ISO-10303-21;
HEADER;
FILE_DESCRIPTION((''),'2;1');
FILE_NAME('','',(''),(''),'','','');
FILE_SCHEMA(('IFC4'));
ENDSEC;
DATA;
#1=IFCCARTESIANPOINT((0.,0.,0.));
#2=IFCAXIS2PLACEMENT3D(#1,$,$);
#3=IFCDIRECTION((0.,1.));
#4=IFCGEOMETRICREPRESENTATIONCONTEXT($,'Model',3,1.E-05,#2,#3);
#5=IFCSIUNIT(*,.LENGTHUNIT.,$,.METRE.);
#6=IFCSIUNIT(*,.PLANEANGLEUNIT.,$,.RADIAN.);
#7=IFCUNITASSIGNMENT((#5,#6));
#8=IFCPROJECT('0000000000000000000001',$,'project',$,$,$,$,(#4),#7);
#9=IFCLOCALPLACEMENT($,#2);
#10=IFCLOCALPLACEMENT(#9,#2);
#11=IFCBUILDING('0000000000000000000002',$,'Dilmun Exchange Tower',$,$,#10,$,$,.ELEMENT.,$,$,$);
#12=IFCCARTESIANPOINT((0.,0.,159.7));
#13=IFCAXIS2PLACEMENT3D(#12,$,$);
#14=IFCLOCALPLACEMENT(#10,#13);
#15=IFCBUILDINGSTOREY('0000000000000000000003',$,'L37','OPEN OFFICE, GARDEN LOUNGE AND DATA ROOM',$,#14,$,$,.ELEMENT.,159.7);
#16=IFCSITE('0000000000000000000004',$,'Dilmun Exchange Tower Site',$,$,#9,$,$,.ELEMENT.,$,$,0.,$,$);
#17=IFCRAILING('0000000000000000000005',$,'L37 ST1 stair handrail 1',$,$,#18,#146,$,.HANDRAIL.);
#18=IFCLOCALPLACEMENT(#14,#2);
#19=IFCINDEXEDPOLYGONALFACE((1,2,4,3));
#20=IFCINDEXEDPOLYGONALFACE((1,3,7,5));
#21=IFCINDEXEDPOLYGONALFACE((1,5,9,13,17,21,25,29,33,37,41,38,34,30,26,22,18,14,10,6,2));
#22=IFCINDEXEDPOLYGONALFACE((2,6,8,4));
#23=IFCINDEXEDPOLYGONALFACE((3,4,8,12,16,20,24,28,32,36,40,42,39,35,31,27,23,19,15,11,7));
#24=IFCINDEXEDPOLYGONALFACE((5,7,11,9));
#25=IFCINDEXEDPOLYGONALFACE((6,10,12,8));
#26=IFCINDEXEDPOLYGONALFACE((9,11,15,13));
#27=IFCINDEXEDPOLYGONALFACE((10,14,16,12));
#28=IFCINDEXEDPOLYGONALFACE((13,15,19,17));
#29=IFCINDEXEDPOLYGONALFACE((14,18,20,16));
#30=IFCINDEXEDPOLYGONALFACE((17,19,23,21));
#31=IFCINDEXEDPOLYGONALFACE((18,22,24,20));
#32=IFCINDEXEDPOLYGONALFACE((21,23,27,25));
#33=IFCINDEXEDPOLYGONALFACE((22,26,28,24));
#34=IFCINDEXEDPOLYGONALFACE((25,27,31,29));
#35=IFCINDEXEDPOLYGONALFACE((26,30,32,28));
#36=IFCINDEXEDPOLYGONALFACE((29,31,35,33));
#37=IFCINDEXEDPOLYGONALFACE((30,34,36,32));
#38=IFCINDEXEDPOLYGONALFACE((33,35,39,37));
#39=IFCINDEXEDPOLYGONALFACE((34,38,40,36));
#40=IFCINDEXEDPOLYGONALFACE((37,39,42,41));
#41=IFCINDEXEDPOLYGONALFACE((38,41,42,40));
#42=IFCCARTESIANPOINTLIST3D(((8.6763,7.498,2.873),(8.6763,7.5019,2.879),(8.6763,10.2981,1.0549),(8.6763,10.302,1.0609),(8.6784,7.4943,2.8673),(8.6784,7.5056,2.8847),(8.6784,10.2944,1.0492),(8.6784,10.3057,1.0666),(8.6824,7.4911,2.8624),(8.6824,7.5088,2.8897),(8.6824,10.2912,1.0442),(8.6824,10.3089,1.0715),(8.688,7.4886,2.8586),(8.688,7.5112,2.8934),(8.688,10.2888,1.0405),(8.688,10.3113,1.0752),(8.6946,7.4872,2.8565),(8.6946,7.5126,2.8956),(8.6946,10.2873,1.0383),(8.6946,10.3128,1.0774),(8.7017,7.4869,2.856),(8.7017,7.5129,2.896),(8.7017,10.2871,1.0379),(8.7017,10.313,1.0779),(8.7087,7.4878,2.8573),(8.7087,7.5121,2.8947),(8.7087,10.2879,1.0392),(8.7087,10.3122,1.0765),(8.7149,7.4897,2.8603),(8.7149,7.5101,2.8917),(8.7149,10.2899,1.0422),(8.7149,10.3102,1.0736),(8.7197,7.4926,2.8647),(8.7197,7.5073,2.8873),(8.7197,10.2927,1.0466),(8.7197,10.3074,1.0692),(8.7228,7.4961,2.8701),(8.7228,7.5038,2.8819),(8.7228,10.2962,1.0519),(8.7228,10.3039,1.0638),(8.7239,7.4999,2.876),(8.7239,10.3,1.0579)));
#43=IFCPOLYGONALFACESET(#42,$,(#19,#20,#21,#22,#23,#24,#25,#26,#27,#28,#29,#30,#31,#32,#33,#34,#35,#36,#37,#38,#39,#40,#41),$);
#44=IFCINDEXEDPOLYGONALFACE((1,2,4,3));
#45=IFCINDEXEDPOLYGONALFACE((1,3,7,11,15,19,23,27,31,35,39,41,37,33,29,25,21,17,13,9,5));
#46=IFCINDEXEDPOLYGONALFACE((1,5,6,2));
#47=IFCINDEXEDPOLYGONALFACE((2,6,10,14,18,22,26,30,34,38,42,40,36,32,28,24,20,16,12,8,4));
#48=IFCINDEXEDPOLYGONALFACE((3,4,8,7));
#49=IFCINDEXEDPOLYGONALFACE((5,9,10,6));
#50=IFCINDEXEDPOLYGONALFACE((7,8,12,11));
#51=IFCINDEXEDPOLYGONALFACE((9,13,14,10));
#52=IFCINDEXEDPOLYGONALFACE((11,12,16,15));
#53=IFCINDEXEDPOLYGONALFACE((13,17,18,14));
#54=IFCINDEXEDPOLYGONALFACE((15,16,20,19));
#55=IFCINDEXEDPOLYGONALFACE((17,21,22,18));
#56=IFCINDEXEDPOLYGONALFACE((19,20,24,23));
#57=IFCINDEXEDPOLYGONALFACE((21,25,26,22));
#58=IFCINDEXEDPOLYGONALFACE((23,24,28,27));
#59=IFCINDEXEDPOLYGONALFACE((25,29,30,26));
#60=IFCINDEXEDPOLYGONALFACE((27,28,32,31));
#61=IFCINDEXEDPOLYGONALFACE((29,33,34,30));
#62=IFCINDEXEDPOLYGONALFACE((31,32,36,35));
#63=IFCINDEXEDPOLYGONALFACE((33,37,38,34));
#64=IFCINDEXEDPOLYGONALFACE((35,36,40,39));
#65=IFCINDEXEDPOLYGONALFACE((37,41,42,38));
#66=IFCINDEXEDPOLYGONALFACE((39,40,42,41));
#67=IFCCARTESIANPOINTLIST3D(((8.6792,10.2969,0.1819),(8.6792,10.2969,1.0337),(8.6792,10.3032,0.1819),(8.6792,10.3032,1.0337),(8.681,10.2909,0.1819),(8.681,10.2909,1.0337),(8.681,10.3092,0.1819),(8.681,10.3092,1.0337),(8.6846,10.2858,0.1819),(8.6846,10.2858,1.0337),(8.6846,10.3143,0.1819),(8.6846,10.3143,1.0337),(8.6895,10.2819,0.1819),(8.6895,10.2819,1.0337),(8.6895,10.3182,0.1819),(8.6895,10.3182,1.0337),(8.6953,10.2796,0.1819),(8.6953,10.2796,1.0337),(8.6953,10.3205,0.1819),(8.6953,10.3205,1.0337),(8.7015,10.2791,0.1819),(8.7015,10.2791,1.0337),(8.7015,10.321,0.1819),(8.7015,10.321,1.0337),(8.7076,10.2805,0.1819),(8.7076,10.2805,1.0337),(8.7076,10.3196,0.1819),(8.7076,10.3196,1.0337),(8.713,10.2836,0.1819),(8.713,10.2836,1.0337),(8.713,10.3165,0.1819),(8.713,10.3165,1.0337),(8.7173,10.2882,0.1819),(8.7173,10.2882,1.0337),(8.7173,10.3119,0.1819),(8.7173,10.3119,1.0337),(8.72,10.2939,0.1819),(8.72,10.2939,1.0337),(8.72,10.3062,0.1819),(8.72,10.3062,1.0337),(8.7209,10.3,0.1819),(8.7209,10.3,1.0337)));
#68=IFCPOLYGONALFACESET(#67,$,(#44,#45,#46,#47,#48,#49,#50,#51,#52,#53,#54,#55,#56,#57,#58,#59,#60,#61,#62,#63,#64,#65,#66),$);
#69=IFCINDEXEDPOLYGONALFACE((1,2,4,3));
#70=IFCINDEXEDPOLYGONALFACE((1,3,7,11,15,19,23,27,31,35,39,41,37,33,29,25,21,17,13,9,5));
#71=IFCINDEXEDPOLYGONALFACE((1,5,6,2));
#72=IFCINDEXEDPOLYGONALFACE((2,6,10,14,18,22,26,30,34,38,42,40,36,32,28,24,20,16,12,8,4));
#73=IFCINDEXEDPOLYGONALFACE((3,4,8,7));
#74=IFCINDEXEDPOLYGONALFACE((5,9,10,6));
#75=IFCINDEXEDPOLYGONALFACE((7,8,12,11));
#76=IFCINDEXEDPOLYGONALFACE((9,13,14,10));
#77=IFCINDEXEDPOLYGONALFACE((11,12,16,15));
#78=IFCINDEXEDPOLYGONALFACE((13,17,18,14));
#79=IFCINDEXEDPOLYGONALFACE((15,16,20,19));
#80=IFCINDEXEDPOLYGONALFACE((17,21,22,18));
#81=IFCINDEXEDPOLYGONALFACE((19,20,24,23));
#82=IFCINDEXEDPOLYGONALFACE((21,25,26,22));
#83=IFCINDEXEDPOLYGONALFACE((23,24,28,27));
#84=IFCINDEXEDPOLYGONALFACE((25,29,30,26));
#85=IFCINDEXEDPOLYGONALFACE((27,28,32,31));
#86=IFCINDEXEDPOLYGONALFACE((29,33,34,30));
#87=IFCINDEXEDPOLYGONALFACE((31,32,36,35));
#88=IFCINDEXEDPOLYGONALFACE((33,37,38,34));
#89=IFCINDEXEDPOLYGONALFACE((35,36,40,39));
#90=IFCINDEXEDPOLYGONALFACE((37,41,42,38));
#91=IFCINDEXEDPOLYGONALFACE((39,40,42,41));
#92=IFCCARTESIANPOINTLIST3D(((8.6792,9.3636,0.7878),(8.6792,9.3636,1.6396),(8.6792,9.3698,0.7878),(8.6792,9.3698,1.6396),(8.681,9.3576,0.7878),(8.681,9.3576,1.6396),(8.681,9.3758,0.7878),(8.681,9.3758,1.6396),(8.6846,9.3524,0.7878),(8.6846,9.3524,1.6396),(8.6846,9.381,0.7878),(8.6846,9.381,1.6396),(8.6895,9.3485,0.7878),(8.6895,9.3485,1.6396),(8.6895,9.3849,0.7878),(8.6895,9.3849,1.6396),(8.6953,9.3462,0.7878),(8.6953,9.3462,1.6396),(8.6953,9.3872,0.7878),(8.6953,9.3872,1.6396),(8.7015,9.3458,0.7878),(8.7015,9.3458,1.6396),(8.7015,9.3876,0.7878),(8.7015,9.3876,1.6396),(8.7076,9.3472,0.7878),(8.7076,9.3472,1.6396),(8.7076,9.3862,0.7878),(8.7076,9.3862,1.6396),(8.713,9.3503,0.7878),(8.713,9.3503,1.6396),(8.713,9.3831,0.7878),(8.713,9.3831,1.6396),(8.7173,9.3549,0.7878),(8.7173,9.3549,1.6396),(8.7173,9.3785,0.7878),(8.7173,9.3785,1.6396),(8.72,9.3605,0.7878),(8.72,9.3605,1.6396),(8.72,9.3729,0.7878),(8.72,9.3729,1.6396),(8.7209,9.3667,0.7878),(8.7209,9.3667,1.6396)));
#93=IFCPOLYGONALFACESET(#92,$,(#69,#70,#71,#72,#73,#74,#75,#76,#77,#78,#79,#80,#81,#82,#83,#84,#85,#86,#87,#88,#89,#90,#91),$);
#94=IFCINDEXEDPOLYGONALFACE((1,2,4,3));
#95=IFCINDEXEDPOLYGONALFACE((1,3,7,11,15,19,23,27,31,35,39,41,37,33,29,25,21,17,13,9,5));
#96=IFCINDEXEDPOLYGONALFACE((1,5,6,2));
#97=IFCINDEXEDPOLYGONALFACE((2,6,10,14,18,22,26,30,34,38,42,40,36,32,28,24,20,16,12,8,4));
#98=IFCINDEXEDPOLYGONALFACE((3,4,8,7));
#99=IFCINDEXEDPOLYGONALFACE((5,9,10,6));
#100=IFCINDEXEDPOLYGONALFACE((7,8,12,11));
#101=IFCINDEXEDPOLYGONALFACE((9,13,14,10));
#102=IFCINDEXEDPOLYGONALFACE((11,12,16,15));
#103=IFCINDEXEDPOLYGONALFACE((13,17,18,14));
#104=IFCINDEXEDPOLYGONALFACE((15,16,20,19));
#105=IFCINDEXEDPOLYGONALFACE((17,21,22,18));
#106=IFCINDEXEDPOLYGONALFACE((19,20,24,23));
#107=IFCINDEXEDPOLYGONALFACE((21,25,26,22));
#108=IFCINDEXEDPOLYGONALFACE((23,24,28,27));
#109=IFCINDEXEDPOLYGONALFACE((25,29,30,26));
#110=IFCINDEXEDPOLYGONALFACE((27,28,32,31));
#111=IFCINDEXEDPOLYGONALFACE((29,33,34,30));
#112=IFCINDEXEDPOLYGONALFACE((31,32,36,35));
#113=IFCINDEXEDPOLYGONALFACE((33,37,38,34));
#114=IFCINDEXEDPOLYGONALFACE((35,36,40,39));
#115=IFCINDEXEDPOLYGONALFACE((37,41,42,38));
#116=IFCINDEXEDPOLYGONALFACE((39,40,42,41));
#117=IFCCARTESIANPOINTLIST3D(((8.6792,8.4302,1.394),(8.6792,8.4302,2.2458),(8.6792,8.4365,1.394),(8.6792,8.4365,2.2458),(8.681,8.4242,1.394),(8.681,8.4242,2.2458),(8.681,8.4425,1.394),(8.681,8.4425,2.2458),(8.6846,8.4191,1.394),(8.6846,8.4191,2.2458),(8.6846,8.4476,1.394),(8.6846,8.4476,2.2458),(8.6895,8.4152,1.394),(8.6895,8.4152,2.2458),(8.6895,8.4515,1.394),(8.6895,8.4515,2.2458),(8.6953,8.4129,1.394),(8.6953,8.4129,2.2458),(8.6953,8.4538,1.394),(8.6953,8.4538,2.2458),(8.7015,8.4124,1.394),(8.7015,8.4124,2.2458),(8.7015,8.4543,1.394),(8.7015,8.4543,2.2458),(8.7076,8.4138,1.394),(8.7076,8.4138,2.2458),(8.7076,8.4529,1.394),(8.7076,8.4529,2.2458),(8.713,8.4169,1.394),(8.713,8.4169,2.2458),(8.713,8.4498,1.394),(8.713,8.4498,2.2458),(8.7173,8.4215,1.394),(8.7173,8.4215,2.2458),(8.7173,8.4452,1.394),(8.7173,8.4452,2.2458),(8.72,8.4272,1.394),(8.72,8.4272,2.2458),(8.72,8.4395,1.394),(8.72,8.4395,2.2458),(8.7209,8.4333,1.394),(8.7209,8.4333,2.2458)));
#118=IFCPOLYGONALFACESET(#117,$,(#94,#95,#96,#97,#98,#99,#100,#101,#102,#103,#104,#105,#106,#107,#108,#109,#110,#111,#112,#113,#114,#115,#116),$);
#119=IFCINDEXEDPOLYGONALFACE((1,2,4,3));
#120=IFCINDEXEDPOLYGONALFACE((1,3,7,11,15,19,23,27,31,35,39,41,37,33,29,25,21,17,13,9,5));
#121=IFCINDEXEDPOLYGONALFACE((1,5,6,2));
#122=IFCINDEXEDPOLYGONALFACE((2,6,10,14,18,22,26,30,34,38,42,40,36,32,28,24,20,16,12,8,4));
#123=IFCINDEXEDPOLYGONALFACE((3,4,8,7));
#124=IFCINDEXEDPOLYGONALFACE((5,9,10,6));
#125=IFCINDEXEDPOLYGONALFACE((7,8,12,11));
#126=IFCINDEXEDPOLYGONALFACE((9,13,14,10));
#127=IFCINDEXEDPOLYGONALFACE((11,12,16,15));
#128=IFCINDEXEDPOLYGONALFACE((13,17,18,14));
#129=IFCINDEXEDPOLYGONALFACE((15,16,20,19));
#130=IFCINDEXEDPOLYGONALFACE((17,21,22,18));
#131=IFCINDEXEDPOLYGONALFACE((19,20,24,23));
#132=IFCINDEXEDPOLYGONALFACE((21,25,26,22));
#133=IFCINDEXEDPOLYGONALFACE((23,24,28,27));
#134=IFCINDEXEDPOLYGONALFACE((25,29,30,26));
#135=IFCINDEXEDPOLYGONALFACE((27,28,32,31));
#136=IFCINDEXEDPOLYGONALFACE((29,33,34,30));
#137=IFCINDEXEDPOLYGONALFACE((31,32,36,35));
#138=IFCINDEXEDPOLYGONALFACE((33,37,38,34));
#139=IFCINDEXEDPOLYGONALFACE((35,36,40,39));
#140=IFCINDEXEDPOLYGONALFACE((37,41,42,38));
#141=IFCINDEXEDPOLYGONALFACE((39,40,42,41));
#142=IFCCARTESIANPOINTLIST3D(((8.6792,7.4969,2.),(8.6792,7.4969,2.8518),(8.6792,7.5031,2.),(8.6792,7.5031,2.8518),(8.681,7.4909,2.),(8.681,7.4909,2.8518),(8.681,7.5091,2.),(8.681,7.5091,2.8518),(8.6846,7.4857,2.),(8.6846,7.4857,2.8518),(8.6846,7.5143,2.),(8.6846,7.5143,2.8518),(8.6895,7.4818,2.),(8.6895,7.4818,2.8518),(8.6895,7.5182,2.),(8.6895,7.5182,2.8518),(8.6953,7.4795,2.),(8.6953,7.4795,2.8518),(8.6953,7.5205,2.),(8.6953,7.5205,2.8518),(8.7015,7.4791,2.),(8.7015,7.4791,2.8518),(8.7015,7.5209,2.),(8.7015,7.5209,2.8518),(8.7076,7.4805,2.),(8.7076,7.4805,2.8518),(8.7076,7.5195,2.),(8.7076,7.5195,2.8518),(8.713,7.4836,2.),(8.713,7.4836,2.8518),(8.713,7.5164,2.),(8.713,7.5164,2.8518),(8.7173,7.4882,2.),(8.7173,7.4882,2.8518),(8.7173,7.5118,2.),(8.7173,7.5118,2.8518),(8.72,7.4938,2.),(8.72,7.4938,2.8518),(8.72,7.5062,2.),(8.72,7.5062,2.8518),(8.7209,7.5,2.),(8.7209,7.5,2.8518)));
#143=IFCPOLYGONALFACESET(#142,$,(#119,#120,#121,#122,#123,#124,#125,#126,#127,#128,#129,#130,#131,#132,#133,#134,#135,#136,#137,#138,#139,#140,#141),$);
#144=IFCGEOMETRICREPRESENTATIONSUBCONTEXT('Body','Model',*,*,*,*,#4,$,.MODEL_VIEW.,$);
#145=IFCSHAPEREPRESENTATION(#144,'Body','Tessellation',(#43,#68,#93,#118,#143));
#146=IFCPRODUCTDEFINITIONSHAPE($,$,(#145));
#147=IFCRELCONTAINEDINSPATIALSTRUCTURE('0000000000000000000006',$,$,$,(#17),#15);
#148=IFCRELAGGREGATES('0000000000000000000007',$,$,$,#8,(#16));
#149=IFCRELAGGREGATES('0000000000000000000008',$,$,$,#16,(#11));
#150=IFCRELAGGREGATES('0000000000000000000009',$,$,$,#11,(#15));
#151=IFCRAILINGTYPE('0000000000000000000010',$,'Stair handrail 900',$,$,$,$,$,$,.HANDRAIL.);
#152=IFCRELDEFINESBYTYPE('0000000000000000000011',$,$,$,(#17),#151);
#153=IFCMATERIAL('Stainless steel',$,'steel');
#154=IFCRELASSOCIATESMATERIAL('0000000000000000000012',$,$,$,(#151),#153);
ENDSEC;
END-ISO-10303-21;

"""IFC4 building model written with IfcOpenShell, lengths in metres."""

from ifc_helpers import new_model, si_unit, direction, frame, origin, origin_2d, place, context, subcontext, project, spatial, circle, extrude, material, type_object, element, save


model = new_model("IFC4")

# Units and contexts
model_context = context("Model", 3, precision=1e-05, world=origin(), true_north=direction((0.0, 1.0)))
body_context = subcontext(model_context, "Body", "Model", "MODEL_VIEW")
ifc_project = project(units=[si_unit("LENGTHUNIT", "METRE"), si_unit("PLANEANGLEUNIT", "RADIAN")], contexts=[model_context])

# Site, building, storey
site_placement = place(None, origin())
site = spatial("IfcSite", under=ifc_project, at=site_placement, Name="Dilmun Exchange Tower Site", CompositionType="ELEMENT", RefElevation=0.0)
building_placement = place(site_placement, origin())
building = spatial("IfcBuilding", under=site, at=building_placement, Name="Dilmun Exchange Tower", CompositionType="ELEMENT")
storey_placement = place(building_placement, frame((0.0, 0.0, 159.7)))
storey = spatial("IfcBuildingStorey", under=building, at=storey_placement, Name="L37", Description="OPEN OFFICE, GARDEN LOUNGE AND DATA ROOM", CompositionType="ELEMENT", Elevation=159.7)

# Railing
ifc_material_1 = material(Name="Stainless steel", Category="steel")
railing_type = type_object("IfcRailingType", Name="Stair handrail 900", PredefinedType="HANDRAIL", material=ifc_material_1)
railing_1_placement = place(storey_placement, frame((8.7, 10.3, 0.1819)))
element("IfcRailing", 1, at=railing_1_placement, inside=storey, type_object=railing_type, Name="L37 ST1 stair handrail 1", PredefinedType="HANDRAIL", context=body_context, shape_type="SweptSolid", body=[
    extrude(circle(Radius=0.0239, at=origin_2d()), frame((0.0, 0.0, 0.876), z_axis=(0.0, -0.838706, 0.544585), x_axis=(1.0, 0.0, 0.0)), (0.0, 0.0, 1.0), 3.3386),
    extrude(circle(Radius=0.021, at=origin_2d()), origin(), (0.0, 0.0, 1.0), 0.8518),
    extrude(circle(Radius=0.021, at=origin_2d()), frame((0.0, -0.9333, 0.606)), (0.0, 0.0, 1.0), 0.8518),
    extrude(circle(Radius=0.021, at=origin_2d()), frame((0.0, -1.8667, 1.2122)), (0.0, 0.0, 1.0), 0.8518),
    extrude(circle(Radius=0.021, at=origin_2d()), frame((0.0, -2.8, 1.8181)), (0.0, 0.0, 1.0), 0.8518),
])

save(model, "model.ifc")
